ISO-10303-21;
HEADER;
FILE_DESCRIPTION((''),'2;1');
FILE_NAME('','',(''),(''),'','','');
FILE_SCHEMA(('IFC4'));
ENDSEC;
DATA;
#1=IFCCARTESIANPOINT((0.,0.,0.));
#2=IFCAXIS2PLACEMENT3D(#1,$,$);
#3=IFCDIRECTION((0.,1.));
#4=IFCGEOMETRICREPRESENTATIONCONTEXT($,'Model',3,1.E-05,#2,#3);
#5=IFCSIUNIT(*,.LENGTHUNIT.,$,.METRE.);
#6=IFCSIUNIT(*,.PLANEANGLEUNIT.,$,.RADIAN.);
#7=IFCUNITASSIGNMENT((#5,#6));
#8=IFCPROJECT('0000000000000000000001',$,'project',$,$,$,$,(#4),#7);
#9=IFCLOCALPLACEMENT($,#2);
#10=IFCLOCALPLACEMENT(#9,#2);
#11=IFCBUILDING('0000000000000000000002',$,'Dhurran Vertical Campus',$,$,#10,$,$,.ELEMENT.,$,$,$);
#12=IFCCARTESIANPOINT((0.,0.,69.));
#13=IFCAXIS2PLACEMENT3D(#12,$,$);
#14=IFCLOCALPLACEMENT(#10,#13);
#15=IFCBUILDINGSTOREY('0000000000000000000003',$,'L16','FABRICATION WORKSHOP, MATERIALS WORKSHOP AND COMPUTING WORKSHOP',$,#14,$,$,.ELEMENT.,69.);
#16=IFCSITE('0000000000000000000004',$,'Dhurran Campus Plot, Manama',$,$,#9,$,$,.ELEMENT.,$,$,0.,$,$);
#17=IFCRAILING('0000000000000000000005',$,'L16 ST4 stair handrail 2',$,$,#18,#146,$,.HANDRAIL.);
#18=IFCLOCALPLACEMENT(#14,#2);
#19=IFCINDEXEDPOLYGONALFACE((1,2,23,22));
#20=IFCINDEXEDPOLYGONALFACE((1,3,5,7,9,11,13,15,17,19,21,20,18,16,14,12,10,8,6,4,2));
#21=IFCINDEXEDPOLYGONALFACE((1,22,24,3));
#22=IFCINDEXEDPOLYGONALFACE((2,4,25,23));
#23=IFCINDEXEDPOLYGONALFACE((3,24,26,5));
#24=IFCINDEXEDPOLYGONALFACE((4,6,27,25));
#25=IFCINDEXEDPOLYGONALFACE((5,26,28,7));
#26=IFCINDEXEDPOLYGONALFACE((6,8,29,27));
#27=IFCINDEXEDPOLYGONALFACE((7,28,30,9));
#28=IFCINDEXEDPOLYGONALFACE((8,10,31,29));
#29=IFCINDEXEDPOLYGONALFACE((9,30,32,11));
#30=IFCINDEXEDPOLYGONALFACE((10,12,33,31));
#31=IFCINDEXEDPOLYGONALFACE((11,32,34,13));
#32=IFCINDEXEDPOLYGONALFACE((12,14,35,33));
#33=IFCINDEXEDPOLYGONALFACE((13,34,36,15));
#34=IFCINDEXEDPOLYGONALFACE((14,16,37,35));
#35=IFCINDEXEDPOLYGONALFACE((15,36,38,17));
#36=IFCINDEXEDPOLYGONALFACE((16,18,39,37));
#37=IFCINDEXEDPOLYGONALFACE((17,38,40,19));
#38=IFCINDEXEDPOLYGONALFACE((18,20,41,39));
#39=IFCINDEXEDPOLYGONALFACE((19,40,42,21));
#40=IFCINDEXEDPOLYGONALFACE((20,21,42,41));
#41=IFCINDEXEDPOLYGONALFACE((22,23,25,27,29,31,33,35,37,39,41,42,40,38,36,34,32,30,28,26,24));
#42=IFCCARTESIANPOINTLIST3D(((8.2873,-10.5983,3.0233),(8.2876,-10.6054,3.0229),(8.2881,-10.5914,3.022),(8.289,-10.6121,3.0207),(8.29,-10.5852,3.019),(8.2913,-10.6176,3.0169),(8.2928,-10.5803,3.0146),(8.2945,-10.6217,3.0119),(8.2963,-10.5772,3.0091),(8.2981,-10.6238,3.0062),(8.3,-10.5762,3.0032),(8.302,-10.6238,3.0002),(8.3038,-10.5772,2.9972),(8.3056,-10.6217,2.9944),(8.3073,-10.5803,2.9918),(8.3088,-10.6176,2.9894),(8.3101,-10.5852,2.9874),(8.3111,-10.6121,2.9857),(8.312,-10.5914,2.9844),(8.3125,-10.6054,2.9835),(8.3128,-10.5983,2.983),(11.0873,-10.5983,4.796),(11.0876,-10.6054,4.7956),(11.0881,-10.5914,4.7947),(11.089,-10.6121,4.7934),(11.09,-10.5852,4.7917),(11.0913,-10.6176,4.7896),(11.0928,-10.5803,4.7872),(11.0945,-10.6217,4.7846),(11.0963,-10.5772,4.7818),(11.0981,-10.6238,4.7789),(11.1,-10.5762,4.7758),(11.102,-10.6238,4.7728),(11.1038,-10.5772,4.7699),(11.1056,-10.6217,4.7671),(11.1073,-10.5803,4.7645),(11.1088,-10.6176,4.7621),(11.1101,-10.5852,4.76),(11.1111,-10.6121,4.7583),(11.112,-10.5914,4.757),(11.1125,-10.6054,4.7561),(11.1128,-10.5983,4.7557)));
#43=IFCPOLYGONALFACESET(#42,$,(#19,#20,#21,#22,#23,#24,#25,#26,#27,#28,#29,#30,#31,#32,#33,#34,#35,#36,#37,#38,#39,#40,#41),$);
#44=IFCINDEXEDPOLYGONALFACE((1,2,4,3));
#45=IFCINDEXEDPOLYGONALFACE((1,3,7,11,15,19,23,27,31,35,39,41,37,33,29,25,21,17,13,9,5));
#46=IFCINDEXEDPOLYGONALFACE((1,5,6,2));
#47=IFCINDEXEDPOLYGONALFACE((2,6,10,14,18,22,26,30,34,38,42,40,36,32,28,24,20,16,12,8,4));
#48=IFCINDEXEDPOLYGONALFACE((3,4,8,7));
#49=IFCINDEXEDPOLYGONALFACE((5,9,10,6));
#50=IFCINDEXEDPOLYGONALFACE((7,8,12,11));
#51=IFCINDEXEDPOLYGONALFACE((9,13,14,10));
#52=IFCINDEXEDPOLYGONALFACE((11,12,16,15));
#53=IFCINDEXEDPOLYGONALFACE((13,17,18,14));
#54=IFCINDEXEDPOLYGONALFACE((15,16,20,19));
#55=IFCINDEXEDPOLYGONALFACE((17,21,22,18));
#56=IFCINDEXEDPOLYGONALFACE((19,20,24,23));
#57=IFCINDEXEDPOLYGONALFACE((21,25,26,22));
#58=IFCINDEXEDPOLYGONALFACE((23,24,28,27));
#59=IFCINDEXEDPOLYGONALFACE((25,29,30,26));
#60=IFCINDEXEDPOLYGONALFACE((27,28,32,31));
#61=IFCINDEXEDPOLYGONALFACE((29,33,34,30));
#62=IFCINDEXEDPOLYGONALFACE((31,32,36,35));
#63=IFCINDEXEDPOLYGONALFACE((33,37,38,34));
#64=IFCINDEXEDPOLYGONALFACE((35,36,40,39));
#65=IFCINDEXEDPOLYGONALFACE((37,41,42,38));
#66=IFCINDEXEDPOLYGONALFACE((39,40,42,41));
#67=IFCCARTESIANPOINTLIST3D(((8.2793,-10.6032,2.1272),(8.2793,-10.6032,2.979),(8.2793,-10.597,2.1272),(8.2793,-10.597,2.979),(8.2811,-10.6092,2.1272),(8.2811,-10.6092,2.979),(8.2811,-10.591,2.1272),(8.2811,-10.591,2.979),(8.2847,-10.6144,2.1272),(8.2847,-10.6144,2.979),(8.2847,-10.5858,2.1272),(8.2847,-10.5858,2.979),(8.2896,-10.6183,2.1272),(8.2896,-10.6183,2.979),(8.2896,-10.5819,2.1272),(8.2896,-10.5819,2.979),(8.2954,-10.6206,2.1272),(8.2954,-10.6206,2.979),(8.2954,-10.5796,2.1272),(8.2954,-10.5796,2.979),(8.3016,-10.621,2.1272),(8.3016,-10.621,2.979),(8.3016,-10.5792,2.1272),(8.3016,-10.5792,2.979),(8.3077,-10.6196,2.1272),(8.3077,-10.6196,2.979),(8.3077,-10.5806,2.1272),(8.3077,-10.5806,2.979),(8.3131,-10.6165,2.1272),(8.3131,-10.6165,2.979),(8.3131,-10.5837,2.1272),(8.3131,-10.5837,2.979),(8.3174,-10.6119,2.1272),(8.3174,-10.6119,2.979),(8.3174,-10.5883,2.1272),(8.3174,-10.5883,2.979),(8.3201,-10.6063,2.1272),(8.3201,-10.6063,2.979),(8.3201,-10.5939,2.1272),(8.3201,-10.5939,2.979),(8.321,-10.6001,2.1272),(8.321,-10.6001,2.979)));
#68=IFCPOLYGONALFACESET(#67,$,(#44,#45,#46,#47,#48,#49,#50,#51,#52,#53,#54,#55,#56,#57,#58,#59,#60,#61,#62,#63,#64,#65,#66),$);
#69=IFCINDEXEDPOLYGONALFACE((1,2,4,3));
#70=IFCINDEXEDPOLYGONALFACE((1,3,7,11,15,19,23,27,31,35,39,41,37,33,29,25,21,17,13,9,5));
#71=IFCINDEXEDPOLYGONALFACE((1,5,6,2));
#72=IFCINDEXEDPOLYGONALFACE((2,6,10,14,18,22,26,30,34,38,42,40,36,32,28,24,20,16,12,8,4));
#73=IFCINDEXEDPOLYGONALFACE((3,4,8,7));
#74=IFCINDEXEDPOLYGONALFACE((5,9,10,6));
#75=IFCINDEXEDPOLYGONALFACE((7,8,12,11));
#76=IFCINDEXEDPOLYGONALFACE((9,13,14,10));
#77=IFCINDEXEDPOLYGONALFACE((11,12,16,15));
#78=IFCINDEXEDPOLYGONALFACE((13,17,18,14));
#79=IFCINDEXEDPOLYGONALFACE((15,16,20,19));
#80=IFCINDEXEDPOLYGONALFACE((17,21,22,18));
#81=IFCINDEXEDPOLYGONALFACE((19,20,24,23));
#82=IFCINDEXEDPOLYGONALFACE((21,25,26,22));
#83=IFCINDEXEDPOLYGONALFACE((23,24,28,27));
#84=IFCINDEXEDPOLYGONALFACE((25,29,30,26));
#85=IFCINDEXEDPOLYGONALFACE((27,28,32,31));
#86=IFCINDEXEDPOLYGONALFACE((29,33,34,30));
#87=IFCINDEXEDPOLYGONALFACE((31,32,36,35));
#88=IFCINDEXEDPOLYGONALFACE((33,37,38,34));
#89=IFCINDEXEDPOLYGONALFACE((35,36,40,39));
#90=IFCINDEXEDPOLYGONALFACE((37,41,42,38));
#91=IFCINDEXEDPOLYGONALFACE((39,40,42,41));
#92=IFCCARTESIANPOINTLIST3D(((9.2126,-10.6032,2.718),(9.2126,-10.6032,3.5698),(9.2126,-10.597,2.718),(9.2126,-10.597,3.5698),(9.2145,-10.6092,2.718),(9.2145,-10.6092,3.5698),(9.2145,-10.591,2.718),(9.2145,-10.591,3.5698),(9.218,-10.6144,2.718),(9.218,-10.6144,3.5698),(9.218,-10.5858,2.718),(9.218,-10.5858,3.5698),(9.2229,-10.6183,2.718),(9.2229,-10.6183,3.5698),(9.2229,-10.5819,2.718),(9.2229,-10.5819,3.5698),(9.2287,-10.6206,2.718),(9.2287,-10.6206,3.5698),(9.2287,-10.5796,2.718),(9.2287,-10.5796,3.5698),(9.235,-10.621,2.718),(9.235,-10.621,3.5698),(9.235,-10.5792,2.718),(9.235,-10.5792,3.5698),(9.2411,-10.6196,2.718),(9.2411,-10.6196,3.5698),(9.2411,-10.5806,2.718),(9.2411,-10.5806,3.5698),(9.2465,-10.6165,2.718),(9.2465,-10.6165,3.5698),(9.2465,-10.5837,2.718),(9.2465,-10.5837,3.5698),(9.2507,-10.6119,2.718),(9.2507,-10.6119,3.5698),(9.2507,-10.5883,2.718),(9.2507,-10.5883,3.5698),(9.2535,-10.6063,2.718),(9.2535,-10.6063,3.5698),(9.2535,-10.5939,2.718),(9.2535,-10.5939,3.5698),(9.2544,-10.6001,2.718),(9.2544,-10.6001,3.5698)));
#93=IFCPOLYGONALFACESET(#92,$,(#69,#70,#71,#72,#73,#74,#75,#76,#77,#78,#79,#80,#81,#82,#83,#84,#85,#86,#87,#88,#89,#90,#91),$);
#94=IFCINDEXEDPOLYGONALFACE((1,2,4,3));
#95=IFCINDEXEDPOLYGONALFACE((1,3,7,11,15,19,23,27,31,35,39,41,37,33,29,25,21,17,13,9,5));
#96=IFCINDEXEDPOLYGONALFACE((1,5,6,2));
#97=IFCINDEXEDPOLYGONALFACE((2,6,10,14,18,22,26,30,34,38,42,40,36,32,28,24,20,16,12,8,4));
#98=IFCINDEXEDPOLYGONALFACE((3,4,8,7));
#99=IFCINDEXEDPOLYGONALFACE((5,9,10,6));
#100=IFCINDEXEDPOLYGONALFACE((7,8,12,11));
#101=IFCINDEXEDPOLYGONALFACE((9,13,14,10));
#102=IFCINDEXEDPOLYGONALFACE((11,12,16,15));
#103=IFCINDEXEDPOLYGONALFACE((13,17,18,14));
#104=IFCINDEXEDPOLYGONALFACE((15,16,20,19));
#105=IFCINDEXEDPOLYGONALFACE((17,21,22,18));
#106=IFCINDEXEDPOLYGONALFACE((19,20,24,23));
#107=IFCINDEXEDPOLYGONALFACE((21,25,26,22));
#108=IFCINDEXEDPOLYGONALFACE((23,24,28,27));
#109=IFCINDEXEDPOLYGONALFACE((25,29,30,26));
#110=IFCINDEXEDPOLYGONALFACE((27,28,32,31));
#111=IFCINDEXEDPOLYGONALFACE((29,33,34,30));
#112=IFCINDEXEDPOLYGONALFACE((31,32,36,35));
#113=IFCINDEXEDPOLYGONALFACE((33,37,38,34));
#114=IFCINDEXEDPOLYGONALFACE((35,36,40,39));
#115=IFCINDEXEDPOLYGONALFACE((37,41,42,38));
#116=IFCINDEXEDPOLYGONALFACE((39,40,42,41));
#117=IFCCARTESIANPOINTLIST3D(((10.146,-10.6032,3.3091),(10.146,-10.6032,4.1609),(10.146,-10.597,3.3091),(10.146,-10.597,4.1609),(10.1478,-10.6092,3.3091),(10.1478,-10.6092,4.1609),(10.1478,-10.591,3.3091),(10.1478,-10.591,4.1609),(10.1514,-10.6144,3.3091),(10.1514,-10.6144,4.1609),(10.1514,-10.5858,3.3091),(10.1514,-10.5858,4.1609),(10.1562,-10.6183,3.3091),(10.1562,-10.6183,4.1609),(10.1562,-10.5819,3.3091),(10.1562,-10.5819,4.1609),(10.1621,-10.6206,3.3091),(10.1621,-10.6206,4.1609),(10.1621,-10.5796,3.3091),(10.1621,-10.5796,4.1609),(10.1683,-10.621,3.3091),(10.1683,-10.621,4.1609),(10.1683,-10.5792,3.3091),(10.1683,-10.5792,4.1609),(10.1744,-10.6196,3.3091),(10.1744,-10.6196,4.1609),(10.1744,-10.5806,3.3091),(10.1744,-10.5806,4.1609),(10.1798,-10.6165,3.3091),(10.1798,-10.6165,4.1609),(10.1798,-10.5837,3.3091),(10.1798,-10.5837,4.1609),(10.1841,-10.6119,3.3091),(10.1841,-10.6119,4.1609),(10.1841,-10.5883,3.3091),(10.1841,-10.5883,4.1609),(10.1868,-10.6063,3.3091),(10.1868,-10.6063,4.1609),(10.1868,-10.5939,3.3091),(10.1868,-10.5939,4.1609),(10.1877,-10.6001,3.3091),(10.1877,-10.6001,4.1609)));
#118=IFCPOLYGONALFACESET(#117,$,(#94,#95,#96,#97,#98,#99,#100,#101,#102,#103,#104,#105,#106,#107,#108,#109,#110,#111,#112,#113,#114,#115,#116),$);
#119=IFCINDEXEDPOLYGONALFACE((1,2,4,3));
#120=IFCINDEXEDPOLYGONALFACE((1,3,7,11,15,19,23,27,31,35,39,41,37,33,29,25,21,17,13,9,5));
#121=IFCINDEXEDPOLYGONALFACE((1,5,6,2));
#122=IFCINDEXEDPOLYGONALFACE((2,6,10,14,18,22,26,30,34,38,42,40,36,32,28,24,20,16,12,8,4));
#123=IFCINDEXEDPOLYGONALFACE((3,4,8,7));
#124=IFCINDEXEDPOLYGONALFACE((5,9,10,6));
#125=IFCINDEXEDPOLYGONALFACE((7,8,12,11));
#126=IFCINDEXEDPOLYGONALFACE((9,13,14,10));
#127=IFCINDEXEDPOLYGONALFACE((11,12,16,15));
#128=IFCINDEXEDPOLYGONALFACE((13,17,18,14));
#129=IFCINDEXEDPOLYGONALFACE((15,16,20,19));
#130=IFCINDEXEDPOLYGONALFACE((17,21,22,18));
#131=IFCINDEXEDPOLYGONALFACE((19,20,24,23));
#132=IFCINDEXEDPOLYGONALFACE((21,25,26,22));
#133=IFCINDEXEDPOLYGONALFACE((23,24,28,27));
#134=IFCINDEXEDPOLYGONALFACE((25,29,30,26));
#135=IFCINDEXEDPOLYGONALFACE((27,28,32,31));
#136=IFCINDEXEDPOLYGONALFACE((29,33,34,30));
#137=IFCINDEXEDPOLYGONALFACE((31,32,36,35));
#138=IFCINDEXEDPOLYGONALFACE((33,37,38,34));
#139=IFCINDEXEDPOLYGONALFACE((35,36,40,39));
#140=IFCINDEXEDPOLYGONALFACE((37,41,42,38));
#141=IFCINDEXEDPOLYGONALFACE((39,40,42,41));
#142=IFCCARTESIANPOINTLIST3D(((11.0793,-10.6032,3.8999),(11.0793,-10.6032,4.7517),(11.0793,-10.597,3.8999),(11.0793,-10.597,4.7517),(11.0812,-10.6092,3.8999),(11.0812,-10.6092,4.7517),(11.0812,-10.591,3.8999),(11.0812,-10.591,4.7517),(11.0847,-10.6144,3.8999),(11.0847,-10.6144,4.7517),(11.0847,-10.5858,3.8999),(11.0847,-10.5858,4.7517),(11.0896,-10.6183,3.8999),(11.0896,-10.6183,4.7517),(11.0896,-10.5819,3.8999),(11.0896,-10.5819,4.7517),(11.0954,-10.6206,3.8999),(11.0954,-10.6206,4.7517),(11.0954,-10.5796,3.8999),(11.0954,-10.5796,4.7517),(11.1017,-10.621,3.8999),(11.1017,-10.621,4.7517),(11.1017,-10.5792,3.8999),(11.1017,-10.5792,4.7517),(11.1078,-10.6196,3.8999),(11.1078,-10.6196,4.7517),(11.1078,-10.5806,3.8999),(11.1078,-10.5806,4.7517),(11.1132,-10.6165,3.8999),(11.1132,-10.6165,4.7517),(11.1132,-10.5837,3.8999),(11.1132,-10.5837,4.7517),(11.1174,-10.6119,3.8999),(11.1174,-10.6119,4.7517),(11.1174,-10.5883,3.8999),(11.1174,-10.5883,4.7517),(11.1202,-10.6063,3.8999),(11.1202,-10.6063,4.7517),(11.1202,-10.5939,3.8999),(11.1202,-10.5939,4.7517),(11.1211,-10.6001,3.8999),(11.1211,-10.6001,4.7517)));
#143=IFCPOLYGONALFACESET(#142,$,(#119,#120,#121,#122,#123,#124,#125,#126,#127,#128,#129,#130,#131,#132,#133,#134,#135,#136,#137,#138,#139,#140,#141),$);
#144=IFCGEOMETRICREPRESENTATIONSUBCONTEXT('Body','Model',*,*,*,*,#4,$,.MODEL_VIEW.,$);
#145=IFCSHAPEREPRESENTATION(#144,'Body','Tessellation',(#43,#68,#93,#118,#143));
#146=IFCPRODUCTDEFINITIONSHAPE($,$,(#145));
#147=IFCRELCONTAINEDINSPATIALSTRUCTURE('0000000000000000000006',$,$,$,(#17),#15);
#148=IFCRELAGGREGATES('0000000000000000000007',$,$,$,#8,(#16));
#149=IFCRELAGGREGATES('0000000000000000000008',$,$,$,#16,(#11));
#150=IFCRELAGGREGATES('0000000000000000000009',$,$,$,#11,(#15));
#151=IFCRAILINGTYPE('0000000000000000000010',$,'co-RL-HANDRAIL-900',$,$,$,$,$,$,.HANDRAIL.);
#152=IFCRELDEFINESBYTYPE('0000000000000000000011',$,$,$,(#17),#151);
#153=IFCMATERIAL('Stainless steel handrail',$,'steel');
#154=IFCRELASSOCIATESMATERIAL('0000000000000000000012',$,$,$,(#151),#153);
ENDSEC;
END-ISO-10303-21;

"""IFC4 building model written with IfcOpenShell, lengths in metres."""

from ifc_helpers import new_model, si_unit, direction, frame, origin, origin_2d, place, context, subcontext, project, spatial, circle, extrude, material, type_object, element, save


model = new_model("IFC4")

# Units and contexts
model_context = context("Model", 3, precision=1e-05, world=origin(), true_north=direction((0.0, 1.0)))
body_context = subcontext(model_context, "Body", "Model", "MODEL_VIEW")
ifc_project = project(units=[si_unit("LENGTHUNIT", "METRE"), si_unit("PLANEANGLEUNIT", "RADIAN")], contexts=[model_context])

# Site, building, storey
site_placement = place(None, origin())
site = spatial("IfcSite", under=ifc_project, at=site_placement, Name="Dhurran Campus Plot, Manama", CompositionType="ELEMENT", RefElevation=0.0)
building_placement = place(site_placement, origin())
building = spatial("IfcBuilding", under=site, at=building_placement, Name="Dhurran Vertical Campus", CompositionType="ELEMENT")
storey_placement = place(building_placement, frame((0.0, 0.0, 69.0)))
storey = spatial("IfcBuildingStorey", under=building, at=storey_placement, Name="L16", Description="FABRICATION WORKSHOP, MATERIALS WORKSHOP AND COMPUTING WORKSHOP", CompositionType="ELEMENT", Elevation=69.0)

# Railing
ifc_material_1 = material(Name="Stainless steel handrail", Category="steel")
railing_type_1 = type_object("IfcRailingType", Name="co-RL-HANDRAIL-900", PredefinedType="HANDRAIL", material=ifc_material_1)
railing_1_placement = place(storey_placement, frame((8.3, -10.6001, 2.1272)))
element("IfcRailing", 1, at=railing_1_placement, inside=storey, type_object=railing_type_1, Name="L16 ST4 stair handrail 2", PredefinedType="HANDRAIL", context=body_context, shape_type="SweptSolid", body=[
    extrude(circle(Radius=0.0239, at=origin_2d()), frame((0.0, 0.0, 0.876), z_axis=(0.844909, 0.0, 0.53491), x_axis=(0.0, 1.0, 0.0)), (0.0, 0.0, 1.0), 3.314),
    extrude(circle(Radius=0.021, at=origin_2d()), origin(), (0.0, 0.0, 1.0), 0.8518),
    extrude(circle(Radius=0.021, at=origin_2d()), frame((0.9333, 0.0, 0.5908)), (0.0, 0.0, 1.0), 0.8518),
    extrude(circle(Radius=0.021, at=origin_2d()), frame((1.8667, 0.0, 1.1819)), (0.0, 0.0, 1.0), 0.8518),
    extrude(circle(Radius=0.021, at=origin_2d()), frame((2.8, 0.0, 1.7727)), (0.0, 0.0, 1.0), 0.8518),
])

save(model, "model.ifc")
